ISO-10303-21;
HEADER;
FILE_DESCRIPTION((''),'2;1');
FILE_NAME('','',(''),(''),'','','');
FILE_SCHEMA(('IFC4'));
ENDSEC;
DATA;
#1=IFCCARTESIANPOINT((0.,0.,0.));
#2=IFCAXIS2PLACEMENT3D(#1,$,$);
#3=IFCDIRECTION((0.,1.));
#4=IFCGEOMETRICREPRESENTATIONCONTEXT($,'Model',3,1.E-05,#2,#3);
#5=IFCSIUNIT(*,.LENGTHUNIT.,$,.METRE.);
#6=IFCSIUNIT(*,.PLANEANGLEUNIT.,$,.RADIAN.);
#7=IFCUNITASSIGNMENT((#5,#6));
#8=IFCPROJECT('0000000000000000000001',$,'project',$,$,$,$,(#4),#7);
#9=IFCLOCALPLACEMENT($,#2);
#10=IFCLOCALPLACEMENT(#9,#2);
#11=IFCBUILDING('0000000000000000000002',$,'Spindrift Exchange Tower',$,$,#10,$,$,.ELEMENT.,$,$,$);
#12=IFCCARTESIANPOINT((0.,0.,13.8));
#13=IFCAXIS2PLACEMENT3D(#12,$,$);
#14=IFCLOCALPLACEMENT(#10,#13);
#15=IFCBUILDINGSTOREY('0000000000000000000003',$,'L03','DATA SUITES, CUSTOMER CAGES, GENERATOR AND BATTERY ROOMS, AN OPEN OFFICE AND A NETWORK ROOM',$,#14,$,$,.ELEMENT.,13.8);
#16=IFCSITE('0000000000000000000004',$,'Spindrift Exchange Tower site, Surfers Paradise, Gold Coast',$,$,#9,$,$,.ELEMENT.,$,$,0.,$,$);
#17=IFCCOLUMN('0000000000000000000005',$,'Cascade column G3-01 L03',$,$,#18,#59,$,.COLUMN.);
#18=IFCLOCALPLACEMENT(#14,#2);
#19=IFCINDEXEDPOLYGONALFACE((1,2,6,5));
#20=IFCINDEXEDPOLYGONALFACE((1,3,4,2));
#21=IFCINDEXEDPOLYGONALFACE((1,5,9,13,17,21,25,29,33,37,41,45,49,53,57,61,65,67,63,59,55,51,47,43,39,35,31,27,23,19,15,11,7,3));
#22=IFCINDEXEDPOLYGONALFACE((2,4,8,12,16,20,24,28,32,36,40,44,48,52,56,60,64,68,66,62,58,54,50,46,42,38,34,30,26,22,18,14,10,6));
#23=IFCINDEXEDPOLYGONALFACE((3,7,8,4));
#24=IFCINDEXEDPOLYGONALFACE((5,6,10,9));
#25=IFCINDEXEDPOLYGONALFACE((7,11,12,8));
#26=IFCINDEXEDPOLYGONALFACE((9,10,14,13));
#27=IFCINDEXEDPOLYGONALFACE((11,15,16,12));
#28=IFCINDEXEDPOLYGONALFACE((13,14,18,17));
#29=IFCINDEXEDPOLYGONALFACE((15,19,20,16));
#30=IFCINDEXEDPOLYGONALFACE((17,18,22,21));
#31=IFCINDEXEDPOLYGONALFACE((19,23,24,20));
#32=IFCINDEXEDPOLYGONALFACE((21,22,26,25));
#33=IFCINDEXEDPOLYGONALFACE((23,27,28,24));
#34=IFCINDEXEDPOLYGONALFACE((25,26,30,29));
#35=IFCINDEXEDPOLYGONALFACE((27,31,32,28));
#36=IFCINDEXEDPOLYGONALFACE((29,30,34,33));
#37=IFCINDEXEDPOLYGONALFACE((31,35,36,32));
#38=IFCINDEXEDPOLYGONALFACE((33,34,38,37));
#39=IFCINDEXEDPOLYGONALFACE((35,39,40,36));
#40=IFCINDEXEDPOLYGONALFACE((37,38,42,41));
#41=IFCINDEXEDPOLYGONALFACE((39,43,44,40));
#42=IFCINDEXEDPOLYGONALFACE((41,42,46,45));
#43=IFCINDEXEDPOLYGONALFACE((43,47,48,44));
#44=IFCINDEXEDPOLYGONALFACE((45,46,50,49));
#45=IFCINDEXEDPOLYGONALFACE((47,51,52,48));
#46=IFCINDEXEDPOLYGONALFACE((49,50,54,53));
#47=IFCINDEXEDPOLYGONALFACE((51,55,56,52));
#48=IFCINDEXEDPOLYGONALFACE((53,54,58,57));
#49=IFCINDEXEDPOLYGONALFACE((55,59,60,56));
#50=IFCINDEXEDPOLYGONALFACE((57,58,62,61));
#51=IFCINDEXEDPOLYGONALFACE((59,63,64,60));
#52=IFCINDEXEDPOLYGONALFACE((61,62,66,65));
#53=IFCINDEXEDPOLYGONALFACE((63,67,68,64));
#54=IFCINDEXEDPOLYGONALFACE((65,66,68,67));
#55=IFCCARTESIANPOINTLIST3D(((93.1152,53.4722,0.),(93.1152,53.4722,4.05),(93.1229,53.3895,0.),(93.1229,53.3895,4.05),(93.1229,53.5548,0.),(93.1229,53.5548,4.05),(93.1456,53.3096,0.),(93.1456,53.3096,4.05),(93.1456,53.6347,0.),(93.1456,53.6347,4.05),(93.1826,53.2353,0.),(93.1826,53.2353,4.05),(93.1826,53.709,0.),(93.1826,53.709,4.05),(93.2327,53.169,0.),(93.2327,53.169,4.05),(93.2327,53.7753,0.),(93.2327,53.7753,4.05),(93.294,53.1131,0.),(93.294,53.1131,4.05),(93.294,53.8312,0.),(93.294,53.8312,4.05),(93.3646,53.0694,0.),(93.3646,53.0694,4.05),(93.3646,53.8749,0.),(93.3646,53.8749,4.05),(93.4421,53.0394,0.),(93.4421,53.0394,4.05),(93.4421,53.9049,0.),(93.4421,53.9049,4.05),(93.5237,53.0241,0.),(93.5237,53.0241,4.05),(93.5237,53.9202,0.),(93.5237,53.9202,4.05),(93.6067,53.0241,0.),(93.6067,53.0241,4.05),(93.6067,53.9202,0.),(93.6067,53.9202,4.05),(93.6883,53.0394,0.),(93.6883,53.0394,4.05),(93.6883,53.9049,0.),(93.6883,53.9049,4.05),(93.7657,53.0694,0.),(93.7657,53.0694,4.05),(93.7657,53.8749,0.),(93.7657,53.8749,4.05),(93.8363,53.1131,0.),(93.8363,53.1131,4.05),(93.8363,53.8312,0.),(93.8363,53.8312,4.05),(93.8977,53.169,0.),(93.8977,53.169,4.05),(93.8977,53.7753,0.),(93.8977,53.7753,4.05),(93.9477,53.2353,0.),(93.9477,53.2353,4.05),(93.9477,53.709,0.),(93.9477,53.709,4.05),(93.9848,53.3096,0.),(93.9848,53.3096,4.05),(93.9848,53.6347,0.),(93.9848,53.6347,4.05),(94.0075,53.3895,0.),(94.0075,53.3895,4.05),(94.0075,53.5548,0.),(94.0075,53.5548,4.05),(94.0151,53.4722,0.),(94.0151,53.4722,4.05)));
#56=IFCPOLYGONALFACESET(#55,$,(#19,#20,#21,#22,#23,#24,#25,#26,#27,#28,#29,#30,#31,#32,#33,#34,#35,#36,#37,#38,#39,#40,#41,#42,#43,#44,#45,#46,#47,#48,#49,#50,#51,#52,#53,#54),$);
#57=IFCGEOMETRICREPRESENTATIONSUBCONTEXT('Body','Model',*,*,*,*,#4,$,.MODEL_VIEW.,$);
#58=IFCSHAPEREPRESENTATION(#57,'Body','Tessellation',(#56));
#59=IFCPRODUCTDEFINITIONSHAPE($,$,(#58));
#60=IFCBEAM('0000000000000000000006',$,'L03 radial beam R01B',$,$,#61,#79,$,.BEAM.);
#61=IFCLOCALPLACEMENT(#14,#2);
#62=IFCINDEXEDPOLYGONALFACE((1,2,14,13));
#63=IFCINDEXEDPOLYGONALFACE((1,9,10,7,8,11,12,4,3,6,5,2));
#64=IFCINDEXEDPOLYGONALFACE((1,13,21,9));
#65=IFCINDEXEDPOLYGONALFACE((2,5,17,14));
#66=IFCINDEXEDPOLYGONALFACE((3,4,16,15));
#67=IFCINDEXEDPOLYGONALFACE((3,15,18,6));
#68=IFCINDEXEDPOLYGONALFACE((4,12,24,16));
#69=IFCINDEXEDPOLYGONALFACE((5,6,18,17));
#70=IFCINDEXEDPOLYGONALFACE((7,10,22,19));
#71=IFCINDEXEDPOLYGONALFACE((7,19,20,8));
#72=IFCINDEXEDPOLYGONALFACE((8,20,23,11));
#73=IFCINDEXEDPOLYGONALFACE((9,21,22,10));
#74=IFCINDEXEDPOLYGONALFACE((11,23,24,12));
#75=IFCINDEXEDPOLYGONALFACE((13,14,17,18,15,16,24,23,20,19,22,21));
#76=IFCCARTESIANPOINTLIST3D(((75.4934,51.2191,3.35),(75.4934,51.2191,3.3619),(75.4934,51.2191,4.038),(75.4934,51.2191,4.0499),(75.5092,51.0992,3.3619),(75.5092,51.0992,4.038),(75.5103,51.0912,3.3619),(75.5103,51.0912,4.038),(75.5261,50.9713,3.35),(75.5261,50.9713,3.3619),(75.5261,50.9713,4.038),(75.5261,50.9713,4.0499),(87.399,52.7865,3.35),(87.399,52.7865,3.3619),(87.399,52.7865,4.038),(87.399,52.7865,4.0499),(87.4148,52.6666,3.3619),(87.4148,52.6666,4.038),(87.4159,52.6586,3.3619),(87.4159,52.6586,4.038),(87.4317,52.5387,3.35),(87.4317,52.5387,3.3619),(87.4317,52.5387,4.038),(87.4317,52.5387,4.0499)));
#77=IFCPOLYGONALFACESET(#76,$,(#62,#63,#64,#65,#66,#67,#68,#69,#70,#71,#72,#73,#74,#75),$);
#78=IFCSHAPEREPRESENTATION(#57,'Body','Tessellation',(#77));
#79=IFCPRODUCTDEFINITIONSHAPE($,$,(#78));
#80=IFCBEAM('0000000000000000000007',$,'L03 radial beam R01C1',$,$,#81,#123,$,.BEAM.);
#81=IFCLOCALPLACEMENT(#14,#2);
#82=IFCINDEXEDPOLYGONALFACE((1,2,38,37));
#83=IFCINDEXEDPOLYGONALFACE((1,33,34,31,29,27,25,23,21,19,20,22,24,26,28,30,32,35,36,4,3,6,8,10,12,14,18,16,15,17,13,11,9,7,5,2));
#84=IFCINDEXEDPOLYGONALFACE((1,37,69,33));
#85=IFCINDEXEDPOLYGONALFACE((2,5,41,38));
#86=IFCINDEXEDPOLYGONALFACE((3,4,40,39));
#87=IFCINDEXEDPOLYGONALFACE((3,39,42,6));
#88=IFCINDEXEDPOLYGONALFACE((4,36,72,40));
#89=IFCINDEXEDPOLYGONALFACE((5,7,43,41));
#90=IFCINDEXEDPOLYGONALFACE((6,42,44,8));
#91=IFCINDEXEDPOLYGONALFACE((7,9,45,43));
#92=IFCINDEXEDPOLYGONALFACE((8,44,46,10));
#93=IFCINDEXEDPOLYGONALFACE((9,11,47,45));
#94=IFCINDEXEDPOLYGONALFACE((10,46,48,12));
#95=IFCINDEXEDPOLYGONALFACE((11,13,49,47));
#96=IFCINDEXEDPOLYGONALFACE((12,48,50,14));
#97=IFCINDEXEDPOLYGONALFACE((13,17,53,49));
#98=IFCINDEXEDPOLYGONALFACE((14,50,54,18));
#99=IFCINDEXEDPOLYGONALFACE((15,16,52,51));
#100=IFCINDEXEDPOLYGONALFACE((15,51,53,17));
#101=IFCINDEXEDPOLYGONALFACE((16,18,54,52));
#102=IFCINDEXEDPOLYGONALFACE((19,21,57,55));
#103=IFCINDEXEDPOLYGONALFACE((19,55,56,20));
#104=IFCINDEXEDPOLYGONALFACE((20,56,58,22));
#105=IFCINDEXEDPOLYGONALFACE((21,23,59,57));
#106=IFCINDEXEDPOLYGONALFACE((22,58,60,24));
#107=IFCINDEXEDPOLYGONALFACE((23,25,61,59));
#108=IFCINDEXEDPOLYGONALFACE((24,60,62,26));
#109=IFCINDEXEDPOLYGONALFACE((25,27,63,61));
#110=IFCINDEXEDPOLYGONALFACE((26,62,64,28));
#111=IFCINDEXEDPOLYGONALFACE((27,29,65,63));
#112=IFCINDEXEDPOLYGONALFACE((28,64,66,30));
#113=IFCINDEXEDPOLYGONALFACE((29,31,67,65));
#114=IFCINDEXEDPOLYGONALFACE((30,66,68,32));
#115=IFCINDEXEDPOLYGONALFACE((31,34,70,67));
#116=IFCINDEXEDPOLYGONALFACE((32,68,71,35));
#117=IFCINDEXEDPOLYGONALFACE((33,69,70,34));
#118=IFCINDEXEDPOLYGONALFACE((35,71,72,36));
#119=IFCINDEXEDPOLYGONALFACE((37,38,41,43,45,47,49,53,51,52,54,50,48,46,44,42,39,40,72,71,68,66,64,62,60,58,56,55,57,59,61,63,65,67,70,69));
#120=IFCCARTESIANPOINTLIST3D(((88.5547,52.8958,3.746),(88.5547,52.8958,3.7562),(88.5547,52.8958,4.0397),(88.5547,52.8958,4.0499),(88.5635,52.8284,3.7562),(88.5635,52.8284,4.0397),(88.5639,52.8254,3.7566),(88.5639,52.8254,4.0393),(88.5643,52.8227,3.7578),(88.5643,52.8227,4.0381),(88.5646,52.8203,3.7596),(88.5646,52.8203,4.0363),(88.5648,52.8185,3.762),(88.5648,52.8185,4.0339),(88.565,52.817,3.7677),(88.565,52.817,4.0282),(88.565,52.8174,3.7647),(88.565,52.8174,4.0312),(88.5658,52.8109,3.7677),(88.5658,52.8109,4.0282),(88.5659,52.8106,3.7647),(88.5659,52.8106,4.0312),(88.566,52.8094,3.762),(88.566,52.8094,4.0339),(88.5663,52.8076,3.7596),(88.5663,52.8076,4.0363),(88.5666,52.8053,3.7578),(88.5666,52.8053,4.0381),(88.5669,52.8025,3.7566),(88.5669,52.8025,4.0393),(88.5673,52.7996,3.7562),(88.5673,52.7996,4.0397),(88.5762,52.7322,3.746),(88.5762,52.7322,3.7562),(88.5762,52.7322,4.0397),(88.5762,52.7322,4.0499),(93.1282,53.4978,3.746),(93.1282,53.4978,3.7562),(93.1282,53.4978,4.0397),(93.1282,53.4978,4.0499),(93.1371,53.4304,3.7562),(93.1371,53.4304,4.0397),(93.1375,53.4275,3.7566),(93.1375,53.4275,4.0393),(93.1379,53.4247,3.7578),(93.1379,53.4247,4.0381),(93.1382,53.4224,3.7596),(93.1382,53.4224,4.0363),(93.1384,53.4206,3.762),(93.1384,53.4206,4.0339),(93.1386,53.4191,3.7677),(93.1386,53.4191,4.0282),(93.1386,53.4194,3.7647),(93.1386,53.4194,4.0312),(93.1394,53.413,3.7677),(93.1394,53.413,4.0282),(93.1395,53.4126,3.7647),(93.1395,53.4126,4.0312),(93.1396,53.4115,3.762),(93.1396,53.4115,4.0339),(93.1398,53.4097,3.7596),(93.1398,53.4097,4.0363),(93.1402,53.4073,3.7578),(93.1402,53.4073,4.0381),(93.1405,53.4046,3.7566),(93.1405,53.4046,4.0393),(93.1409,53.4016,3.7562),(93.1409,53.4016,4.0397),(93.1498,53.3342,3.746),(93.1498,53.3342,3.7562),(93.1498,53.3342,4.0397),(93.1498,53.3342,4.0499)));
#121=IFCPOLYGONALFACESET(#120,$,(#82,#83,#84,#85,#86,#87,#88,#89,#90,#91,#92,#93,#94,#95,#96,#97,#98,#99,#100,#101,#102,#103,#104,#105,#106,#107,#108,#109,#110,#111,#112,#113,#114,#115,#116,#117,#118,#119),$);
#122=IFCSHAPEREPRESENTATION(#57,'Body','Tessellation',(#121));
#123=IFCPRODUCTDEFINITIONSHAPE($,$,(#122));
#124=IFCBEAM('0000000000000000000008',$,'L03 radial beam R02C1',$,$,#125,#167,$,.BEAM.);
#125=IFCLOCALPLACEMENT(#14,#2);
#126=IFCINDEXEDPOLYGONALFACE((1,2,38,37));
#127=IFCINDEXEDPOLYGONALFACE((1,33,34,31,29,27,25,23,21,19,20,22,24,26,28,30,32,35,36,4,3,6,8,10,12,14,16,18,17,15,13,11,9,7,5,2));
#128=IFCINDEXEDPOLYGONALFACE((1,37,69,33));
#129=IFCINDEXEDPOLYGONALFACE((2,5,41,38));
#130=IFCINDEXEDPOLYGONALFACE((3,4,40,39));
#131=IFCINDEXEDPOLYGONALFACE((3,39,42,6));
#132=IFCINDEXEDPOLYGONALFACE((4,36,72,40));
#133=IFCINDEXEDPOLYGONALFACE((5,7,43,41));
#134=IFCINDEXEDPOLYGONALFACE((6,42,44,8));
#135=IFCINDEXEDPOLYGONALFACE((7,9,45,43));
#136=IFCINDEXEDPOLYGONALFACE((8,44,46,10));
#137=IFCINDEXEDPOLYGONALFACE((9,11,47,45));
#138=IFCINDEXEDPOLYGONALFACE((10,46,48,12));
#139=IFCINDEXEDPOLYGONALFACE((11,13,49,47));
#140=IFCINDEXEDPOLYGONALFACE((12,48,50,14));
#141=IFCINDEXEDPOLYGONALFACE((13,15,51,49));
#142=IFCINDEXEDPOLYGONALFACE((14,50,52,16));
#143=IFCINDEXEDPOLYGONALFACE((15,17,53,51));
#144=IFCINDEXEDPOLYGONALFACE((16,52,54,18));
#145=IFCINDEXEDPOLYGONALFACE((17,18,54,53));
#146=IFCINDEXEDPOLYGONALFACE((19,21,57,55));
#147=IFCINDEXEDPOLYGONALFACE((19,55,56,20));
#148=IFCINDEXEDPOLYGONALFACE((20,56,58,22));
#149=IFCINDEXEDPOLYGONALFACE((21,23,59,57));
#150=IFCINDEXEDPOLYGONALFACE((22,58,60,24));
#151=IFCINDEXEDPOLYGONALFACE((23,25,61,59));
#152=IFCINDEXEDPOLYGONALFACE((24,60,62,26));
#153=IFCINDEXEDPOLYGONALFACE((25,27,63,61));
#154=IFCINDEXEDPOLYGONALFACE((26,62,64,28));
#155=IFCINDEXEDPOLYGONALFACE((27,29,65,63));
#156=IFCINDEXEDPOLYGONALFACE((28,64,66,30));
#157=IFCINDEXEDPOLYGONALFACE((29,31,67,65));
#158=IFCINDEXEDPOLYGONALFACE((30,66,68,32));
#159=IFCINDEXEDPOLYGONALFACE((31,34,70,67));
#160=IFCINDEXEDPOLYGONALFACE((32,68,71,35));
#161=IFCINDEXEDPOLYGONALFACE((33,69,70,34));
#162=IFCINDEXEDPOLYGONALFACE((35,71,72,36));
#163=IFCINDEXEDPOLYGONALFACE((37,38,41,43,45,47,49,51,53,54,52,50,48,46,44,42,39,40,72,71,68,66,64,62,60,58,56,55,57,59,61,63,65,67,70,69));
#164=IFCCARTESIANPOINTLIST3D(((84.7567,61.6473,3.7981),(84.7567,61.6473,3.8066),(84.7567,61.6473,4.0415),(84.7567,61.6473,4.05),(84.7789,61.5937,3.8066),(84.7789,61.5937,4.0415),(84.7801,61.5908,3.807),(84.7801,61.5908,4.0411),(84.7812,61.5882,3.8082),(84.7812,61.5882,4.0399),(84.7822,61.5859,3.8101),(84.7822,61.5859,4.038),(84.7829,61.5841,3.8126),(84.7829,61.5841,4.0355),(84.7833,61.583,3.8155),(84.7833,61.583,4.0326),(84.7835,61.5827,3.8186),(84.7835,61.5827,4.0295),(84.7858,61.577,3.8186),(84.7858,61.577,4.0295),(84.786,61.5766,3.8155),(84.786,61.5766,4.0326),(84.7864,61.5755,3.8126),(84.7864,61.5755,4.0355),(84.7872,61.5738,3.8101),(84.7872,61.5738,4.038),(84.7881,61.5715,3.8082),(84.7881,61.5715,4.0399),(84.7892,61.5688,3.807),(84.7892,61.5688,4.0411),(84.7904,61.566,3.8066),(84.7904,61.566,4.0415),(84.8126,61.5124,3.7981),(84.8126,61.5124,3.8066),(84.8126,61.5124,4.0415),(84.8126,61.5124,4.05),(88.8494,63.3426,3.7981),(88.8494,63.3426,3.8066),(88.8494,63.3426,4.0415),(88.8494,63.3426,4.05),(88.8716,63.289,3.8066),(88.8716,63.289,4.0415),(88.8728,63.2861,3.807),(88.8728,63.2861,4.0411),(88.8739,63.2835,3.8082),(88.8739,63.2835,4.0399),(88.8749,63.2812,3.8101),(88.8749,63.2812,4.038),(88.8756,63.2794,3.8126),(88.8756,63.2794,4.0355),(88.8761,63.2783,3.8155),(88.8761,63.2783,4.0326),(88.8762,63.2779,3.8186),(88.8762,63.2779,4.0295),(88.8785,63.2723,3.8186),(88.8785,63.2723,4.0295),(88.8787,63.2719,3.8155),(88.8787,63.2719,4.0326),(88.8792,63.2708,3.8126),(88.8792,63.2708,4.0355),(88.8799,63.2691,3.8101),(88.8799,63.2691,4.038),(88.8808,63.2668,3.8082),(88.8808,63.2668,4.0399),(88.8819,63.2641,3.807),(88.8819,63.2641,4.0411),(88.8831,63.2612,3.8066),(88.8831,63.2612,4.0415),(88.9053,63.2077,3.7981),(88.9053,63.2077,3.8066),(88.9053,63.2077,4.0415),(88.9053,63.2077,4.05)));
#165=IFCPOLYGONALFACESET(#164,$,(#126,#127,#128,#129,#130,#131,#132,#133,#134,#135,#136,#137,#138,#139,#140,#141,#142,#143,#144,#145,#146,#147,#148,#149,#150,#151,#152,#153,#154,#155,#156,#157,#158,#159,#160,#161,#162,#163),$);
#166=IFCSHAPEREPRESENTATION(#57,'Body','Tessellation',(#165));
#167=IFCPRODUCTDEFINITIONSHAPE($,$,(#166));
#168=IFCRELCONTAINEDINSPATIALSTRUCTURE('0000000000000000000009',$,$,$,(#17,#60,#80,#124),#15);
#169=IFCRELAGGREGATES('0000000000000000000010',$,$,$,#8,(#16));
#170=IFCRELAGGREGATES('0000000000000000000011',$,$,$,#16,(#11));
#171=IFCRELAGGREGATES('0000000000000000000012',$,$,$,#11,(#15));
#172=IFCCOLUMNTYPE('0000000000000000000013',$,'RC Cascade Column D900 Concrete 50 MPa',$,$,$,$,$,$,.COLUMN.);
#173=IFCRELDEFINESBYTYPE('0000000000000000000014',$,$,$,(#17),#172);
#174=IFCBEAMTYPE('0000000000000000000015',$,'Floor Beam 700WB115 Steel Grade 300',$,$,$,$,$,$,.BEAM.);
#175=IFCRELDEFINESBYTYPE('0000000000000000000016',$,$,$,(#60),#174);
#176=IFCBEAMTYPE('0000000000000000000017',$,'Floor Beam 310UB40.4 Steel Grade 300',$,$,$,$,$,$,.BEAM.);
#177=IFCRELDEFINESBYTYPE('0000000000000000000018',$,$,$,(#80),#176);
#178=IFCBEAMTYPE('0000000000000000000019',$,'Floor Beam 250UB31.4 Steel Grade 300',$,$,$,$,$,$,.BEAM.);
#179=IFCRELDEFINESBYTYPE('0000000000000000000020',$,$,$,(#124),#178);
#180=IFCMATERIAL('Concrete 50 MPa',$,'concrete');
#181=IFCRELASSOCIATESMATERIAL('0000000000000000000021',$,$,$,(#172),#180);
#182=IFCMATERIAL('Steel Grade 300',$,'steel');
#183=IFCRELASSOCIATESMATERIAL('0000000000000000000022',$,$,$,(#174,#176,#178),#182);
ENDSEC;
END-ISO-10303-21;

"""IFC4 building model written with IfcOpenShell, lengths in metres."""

from ifc_helpers import new_model, si_unit, direction, frame, origin, origin_2d, place, context, subcontext, project, spatial, circle, i_section, extrude, source, transform, mapped, material, material_profile, profile_set, type_object, element, save


model = new_model("IFC4")

# Units and contexts
model_context = context("Model", 3, precision=1e-05, world=origin(), true_north=direction((0.0, 1.0)))
body_context = subcontext(model_context, "Body", "Model", "MODEL_VIEW")
ifc_project = project(units=[si_unit("LENGTHUNIT", "METRE"), si_unit("PLANEANGLEUNIT", "RADIAN")], contexts=[model_context])

# Site, building, storey
site_placement = place(None, origin())
site = spatial("IfcSite", under=ifc_project, at=site_placement, Name="Spindrift Exchange Tower site, Surfers Paradise, Gold Coast", CompositionType="ELEMENT", RefElevation=0.0)
building_placement = place(site_placement, origin())
building = spatial("IfcBuilding", under=site, at=building_placement, Name="Spindrift Exchange Tower", CompositionType="ELEMENT")
storey_placement = place(building_placement, frame((0.0, 0.0, 13.8)))
storey = spatial("IfcBuildingStorey", under=building, at=storey_placement, Name="L03", Description="DATA SUITES, CUSTOMER CAGES, GENERATOR AND BATTERY ROOMS, AN OPEN OFFICE AND A NETWORK ROOM", CompositionType="ELEMENT", Elevation=13.8)

# Column
ifc_material_1 = material(Name="Concrete 50 MPa", Category="concrete")
ifc_material_profile_1 = material_profile(ifc_material_1, circle(Radius=0.45, at=origin_2d()), Name="RC D900")
ifc_profile_set_1 = profile_set([ifc_material_profile_1], Name="Concrete 50 MPa")
column_type_1 = type_object("IfcColumnType", Name="RC Cascade Column D900 Concrete 50 MPa", PredefinedType="COLUMN", material=ifc_profile_set_1)
shared_shape_1 = source(origin(), body_context, "Body", "SweptSolid", [
    extrude(circle(Radius=0.45, at=origin_2d()), origin(), (0.0, 0.0, 1.0), 4.05),
])
column_1_placement = place(storey_placement, frame((93.5652, 53.4722, 0.0), z_axis=(0.0, 0.0, 1.0), x_axis=(1.0, 0.0, 0.0)))
element("IfcColumn", 1, at=column_1_placement, inside=storey, type_object=column_type_1, Name="Cascade column G3-01 L03", PredefinedType="COLUMN", context=body_context, shape_type="MappedRepresentation", body=[
    mapped(shared_shape_1, transform((0.0, 0.0, 0.0), scale=1.0)),
])

# Beams
ifc_material_2 = material(Name="Steel Grade 300", Category="steel")
ifc_material_profile_2 = material_profile(ifc_material_2, i_section(OverallWidth=0.25, OverallDepth=0.7, WebThickness=0.0081, FlangeThickness=0.012, at=origin_2d()), Name="700WB115")
ifc_profile_set_2 = profile_set([ifc_material_profile_2], Name="Steel Grade 300")
beam_type_1 = type_object("IfcBeamType", Name="Floor Beam 700WB115 Steel Grade 300", PredefinedType="BEAM", material=ifc_profile_set_2)
shared_shape_2 = source(origin(), body_context, "Body", "SweptSolid", [
    extrude(i_section(OverallWidth=0.25, OverallDepth=0.7, WebThickness=0.0081, FlangeThickness=0.012, at=origin_2d()), origin(), (0.0, 0.0, 1.0), 12.0083),
])
beam_1_placement = place(storey_placement, frame((75.5098, 51.0952, 3.7), z_axis=(0.991445, 0.130526, 0.0), x_axis=(-0.130526, 0.991445, 0.0)))
element("IfcBeam", 2, at=beam_1_placement, inside=storey, type_object=beam_type_1, Name="L03 radial beam R01B", PredefinedType="BEAM", context=body_context, shape_type="MappedRepresentation", body=[
    mapped(shared_shape_2, transform((0.0, 0.0, 0.0), scale=1.0)),
])
ifc_material_profile_3 = material_profile(ifc_material_2, i_section(OverallWidth=0.165, OverallDepth=0.304, WebThickness=0.0061, FlangeThickness=0.0103, FilletRadius=0.0115, at=origin_2d()), Name="310UB40.4")
ifc_profile_set_3 = profile_set([ifc_material_profile_3], Name="Steel Grade 300")
beam_type_2 = type_object("IfcBeamType", Name="Floor Beam 310UB40.4 Steel Grade 300", PredefinedType="BEAM", material=ifc_profile_set_3)
shared_shape_3 = source(origin(), body_context, "Body", "SweptSolid", [
    extrude(i_section(OverallWidth=0.165, OverallDepth=0.304, WebThickness=0.0061, FlangeThickness=0.0103, FilletRadius=0.0115, at=origin_2d()), origin(), (0.0, 0.0, 1.0), 4.613),
])
beam_2_placement = place(storey_placement, frame((88.5654, 52.814, 3.8979), z_axis=(0.991447, 0.130513, 0.0), x_axis=(-0.130513, 0.991447, 0.0)))
element("IfcBeam", 3, at=beam_2_placement, inside=storey, type_object=beam_type_2, Name="L03 radial beam R01C1", PredefinedType="BEAM", context=body_context, shape_type="MappedRepresentation", body=[
    mapped(shared_shape_3, transform((0.0, 0.0, 0.0), scale=1.0)),
])
ifc_material_profile_4 = material_profile(ifc_material_2, i_section(OverallWidth=0.146, OverallDepth=0.252, WebThickness=0.0061, FlangeThickness=0.0085, FilletRadius=0.012, at=origin_2d()), Name="250UB31.4")
ifc_profile_set_4 = profile_set([ifc_material_profile_4], Name="Steel Grade 300")
beam_type_3 = type_object("IfcBeamType", Name="Floor Beam 250UB31.4 Steel Grade 300", PredefinedType="BEAM", material=ifc_profile_set_4)
shared_shape_4 = source(origin(), body_context, "Body", "SweptSolid", [
    extrude(i_section(OverallWidth=0.146, OverallDepth=0.252, WebThickness=0.0061, FlangeThickness=0.0085, FilletRadius=0.012, at=origin_2d()), origin(), (0.0, 0.0, 1.0), 4.4299),
])
beam_3_placement = place(storey_placement, frame((84.7847, 61.5798, 3.9241), z_axis=(0.923877, 0.382689, 0.0), x_axis=(-0.382689, 0.923877, 0.0)))
element("IfcBeam", 4, at=beam_3_placement, inside=storey, type_object=beam_type_3, Name="L03 radial beam R02C1", PredefinedType="BEAM", context=body_context, shape_type="MappedRepresentation", body=[
    mapped(shared_shape_4, transform((0.0, 0.0, 0.0), scale=1.0)),
])

save(model, "model.ifc")
